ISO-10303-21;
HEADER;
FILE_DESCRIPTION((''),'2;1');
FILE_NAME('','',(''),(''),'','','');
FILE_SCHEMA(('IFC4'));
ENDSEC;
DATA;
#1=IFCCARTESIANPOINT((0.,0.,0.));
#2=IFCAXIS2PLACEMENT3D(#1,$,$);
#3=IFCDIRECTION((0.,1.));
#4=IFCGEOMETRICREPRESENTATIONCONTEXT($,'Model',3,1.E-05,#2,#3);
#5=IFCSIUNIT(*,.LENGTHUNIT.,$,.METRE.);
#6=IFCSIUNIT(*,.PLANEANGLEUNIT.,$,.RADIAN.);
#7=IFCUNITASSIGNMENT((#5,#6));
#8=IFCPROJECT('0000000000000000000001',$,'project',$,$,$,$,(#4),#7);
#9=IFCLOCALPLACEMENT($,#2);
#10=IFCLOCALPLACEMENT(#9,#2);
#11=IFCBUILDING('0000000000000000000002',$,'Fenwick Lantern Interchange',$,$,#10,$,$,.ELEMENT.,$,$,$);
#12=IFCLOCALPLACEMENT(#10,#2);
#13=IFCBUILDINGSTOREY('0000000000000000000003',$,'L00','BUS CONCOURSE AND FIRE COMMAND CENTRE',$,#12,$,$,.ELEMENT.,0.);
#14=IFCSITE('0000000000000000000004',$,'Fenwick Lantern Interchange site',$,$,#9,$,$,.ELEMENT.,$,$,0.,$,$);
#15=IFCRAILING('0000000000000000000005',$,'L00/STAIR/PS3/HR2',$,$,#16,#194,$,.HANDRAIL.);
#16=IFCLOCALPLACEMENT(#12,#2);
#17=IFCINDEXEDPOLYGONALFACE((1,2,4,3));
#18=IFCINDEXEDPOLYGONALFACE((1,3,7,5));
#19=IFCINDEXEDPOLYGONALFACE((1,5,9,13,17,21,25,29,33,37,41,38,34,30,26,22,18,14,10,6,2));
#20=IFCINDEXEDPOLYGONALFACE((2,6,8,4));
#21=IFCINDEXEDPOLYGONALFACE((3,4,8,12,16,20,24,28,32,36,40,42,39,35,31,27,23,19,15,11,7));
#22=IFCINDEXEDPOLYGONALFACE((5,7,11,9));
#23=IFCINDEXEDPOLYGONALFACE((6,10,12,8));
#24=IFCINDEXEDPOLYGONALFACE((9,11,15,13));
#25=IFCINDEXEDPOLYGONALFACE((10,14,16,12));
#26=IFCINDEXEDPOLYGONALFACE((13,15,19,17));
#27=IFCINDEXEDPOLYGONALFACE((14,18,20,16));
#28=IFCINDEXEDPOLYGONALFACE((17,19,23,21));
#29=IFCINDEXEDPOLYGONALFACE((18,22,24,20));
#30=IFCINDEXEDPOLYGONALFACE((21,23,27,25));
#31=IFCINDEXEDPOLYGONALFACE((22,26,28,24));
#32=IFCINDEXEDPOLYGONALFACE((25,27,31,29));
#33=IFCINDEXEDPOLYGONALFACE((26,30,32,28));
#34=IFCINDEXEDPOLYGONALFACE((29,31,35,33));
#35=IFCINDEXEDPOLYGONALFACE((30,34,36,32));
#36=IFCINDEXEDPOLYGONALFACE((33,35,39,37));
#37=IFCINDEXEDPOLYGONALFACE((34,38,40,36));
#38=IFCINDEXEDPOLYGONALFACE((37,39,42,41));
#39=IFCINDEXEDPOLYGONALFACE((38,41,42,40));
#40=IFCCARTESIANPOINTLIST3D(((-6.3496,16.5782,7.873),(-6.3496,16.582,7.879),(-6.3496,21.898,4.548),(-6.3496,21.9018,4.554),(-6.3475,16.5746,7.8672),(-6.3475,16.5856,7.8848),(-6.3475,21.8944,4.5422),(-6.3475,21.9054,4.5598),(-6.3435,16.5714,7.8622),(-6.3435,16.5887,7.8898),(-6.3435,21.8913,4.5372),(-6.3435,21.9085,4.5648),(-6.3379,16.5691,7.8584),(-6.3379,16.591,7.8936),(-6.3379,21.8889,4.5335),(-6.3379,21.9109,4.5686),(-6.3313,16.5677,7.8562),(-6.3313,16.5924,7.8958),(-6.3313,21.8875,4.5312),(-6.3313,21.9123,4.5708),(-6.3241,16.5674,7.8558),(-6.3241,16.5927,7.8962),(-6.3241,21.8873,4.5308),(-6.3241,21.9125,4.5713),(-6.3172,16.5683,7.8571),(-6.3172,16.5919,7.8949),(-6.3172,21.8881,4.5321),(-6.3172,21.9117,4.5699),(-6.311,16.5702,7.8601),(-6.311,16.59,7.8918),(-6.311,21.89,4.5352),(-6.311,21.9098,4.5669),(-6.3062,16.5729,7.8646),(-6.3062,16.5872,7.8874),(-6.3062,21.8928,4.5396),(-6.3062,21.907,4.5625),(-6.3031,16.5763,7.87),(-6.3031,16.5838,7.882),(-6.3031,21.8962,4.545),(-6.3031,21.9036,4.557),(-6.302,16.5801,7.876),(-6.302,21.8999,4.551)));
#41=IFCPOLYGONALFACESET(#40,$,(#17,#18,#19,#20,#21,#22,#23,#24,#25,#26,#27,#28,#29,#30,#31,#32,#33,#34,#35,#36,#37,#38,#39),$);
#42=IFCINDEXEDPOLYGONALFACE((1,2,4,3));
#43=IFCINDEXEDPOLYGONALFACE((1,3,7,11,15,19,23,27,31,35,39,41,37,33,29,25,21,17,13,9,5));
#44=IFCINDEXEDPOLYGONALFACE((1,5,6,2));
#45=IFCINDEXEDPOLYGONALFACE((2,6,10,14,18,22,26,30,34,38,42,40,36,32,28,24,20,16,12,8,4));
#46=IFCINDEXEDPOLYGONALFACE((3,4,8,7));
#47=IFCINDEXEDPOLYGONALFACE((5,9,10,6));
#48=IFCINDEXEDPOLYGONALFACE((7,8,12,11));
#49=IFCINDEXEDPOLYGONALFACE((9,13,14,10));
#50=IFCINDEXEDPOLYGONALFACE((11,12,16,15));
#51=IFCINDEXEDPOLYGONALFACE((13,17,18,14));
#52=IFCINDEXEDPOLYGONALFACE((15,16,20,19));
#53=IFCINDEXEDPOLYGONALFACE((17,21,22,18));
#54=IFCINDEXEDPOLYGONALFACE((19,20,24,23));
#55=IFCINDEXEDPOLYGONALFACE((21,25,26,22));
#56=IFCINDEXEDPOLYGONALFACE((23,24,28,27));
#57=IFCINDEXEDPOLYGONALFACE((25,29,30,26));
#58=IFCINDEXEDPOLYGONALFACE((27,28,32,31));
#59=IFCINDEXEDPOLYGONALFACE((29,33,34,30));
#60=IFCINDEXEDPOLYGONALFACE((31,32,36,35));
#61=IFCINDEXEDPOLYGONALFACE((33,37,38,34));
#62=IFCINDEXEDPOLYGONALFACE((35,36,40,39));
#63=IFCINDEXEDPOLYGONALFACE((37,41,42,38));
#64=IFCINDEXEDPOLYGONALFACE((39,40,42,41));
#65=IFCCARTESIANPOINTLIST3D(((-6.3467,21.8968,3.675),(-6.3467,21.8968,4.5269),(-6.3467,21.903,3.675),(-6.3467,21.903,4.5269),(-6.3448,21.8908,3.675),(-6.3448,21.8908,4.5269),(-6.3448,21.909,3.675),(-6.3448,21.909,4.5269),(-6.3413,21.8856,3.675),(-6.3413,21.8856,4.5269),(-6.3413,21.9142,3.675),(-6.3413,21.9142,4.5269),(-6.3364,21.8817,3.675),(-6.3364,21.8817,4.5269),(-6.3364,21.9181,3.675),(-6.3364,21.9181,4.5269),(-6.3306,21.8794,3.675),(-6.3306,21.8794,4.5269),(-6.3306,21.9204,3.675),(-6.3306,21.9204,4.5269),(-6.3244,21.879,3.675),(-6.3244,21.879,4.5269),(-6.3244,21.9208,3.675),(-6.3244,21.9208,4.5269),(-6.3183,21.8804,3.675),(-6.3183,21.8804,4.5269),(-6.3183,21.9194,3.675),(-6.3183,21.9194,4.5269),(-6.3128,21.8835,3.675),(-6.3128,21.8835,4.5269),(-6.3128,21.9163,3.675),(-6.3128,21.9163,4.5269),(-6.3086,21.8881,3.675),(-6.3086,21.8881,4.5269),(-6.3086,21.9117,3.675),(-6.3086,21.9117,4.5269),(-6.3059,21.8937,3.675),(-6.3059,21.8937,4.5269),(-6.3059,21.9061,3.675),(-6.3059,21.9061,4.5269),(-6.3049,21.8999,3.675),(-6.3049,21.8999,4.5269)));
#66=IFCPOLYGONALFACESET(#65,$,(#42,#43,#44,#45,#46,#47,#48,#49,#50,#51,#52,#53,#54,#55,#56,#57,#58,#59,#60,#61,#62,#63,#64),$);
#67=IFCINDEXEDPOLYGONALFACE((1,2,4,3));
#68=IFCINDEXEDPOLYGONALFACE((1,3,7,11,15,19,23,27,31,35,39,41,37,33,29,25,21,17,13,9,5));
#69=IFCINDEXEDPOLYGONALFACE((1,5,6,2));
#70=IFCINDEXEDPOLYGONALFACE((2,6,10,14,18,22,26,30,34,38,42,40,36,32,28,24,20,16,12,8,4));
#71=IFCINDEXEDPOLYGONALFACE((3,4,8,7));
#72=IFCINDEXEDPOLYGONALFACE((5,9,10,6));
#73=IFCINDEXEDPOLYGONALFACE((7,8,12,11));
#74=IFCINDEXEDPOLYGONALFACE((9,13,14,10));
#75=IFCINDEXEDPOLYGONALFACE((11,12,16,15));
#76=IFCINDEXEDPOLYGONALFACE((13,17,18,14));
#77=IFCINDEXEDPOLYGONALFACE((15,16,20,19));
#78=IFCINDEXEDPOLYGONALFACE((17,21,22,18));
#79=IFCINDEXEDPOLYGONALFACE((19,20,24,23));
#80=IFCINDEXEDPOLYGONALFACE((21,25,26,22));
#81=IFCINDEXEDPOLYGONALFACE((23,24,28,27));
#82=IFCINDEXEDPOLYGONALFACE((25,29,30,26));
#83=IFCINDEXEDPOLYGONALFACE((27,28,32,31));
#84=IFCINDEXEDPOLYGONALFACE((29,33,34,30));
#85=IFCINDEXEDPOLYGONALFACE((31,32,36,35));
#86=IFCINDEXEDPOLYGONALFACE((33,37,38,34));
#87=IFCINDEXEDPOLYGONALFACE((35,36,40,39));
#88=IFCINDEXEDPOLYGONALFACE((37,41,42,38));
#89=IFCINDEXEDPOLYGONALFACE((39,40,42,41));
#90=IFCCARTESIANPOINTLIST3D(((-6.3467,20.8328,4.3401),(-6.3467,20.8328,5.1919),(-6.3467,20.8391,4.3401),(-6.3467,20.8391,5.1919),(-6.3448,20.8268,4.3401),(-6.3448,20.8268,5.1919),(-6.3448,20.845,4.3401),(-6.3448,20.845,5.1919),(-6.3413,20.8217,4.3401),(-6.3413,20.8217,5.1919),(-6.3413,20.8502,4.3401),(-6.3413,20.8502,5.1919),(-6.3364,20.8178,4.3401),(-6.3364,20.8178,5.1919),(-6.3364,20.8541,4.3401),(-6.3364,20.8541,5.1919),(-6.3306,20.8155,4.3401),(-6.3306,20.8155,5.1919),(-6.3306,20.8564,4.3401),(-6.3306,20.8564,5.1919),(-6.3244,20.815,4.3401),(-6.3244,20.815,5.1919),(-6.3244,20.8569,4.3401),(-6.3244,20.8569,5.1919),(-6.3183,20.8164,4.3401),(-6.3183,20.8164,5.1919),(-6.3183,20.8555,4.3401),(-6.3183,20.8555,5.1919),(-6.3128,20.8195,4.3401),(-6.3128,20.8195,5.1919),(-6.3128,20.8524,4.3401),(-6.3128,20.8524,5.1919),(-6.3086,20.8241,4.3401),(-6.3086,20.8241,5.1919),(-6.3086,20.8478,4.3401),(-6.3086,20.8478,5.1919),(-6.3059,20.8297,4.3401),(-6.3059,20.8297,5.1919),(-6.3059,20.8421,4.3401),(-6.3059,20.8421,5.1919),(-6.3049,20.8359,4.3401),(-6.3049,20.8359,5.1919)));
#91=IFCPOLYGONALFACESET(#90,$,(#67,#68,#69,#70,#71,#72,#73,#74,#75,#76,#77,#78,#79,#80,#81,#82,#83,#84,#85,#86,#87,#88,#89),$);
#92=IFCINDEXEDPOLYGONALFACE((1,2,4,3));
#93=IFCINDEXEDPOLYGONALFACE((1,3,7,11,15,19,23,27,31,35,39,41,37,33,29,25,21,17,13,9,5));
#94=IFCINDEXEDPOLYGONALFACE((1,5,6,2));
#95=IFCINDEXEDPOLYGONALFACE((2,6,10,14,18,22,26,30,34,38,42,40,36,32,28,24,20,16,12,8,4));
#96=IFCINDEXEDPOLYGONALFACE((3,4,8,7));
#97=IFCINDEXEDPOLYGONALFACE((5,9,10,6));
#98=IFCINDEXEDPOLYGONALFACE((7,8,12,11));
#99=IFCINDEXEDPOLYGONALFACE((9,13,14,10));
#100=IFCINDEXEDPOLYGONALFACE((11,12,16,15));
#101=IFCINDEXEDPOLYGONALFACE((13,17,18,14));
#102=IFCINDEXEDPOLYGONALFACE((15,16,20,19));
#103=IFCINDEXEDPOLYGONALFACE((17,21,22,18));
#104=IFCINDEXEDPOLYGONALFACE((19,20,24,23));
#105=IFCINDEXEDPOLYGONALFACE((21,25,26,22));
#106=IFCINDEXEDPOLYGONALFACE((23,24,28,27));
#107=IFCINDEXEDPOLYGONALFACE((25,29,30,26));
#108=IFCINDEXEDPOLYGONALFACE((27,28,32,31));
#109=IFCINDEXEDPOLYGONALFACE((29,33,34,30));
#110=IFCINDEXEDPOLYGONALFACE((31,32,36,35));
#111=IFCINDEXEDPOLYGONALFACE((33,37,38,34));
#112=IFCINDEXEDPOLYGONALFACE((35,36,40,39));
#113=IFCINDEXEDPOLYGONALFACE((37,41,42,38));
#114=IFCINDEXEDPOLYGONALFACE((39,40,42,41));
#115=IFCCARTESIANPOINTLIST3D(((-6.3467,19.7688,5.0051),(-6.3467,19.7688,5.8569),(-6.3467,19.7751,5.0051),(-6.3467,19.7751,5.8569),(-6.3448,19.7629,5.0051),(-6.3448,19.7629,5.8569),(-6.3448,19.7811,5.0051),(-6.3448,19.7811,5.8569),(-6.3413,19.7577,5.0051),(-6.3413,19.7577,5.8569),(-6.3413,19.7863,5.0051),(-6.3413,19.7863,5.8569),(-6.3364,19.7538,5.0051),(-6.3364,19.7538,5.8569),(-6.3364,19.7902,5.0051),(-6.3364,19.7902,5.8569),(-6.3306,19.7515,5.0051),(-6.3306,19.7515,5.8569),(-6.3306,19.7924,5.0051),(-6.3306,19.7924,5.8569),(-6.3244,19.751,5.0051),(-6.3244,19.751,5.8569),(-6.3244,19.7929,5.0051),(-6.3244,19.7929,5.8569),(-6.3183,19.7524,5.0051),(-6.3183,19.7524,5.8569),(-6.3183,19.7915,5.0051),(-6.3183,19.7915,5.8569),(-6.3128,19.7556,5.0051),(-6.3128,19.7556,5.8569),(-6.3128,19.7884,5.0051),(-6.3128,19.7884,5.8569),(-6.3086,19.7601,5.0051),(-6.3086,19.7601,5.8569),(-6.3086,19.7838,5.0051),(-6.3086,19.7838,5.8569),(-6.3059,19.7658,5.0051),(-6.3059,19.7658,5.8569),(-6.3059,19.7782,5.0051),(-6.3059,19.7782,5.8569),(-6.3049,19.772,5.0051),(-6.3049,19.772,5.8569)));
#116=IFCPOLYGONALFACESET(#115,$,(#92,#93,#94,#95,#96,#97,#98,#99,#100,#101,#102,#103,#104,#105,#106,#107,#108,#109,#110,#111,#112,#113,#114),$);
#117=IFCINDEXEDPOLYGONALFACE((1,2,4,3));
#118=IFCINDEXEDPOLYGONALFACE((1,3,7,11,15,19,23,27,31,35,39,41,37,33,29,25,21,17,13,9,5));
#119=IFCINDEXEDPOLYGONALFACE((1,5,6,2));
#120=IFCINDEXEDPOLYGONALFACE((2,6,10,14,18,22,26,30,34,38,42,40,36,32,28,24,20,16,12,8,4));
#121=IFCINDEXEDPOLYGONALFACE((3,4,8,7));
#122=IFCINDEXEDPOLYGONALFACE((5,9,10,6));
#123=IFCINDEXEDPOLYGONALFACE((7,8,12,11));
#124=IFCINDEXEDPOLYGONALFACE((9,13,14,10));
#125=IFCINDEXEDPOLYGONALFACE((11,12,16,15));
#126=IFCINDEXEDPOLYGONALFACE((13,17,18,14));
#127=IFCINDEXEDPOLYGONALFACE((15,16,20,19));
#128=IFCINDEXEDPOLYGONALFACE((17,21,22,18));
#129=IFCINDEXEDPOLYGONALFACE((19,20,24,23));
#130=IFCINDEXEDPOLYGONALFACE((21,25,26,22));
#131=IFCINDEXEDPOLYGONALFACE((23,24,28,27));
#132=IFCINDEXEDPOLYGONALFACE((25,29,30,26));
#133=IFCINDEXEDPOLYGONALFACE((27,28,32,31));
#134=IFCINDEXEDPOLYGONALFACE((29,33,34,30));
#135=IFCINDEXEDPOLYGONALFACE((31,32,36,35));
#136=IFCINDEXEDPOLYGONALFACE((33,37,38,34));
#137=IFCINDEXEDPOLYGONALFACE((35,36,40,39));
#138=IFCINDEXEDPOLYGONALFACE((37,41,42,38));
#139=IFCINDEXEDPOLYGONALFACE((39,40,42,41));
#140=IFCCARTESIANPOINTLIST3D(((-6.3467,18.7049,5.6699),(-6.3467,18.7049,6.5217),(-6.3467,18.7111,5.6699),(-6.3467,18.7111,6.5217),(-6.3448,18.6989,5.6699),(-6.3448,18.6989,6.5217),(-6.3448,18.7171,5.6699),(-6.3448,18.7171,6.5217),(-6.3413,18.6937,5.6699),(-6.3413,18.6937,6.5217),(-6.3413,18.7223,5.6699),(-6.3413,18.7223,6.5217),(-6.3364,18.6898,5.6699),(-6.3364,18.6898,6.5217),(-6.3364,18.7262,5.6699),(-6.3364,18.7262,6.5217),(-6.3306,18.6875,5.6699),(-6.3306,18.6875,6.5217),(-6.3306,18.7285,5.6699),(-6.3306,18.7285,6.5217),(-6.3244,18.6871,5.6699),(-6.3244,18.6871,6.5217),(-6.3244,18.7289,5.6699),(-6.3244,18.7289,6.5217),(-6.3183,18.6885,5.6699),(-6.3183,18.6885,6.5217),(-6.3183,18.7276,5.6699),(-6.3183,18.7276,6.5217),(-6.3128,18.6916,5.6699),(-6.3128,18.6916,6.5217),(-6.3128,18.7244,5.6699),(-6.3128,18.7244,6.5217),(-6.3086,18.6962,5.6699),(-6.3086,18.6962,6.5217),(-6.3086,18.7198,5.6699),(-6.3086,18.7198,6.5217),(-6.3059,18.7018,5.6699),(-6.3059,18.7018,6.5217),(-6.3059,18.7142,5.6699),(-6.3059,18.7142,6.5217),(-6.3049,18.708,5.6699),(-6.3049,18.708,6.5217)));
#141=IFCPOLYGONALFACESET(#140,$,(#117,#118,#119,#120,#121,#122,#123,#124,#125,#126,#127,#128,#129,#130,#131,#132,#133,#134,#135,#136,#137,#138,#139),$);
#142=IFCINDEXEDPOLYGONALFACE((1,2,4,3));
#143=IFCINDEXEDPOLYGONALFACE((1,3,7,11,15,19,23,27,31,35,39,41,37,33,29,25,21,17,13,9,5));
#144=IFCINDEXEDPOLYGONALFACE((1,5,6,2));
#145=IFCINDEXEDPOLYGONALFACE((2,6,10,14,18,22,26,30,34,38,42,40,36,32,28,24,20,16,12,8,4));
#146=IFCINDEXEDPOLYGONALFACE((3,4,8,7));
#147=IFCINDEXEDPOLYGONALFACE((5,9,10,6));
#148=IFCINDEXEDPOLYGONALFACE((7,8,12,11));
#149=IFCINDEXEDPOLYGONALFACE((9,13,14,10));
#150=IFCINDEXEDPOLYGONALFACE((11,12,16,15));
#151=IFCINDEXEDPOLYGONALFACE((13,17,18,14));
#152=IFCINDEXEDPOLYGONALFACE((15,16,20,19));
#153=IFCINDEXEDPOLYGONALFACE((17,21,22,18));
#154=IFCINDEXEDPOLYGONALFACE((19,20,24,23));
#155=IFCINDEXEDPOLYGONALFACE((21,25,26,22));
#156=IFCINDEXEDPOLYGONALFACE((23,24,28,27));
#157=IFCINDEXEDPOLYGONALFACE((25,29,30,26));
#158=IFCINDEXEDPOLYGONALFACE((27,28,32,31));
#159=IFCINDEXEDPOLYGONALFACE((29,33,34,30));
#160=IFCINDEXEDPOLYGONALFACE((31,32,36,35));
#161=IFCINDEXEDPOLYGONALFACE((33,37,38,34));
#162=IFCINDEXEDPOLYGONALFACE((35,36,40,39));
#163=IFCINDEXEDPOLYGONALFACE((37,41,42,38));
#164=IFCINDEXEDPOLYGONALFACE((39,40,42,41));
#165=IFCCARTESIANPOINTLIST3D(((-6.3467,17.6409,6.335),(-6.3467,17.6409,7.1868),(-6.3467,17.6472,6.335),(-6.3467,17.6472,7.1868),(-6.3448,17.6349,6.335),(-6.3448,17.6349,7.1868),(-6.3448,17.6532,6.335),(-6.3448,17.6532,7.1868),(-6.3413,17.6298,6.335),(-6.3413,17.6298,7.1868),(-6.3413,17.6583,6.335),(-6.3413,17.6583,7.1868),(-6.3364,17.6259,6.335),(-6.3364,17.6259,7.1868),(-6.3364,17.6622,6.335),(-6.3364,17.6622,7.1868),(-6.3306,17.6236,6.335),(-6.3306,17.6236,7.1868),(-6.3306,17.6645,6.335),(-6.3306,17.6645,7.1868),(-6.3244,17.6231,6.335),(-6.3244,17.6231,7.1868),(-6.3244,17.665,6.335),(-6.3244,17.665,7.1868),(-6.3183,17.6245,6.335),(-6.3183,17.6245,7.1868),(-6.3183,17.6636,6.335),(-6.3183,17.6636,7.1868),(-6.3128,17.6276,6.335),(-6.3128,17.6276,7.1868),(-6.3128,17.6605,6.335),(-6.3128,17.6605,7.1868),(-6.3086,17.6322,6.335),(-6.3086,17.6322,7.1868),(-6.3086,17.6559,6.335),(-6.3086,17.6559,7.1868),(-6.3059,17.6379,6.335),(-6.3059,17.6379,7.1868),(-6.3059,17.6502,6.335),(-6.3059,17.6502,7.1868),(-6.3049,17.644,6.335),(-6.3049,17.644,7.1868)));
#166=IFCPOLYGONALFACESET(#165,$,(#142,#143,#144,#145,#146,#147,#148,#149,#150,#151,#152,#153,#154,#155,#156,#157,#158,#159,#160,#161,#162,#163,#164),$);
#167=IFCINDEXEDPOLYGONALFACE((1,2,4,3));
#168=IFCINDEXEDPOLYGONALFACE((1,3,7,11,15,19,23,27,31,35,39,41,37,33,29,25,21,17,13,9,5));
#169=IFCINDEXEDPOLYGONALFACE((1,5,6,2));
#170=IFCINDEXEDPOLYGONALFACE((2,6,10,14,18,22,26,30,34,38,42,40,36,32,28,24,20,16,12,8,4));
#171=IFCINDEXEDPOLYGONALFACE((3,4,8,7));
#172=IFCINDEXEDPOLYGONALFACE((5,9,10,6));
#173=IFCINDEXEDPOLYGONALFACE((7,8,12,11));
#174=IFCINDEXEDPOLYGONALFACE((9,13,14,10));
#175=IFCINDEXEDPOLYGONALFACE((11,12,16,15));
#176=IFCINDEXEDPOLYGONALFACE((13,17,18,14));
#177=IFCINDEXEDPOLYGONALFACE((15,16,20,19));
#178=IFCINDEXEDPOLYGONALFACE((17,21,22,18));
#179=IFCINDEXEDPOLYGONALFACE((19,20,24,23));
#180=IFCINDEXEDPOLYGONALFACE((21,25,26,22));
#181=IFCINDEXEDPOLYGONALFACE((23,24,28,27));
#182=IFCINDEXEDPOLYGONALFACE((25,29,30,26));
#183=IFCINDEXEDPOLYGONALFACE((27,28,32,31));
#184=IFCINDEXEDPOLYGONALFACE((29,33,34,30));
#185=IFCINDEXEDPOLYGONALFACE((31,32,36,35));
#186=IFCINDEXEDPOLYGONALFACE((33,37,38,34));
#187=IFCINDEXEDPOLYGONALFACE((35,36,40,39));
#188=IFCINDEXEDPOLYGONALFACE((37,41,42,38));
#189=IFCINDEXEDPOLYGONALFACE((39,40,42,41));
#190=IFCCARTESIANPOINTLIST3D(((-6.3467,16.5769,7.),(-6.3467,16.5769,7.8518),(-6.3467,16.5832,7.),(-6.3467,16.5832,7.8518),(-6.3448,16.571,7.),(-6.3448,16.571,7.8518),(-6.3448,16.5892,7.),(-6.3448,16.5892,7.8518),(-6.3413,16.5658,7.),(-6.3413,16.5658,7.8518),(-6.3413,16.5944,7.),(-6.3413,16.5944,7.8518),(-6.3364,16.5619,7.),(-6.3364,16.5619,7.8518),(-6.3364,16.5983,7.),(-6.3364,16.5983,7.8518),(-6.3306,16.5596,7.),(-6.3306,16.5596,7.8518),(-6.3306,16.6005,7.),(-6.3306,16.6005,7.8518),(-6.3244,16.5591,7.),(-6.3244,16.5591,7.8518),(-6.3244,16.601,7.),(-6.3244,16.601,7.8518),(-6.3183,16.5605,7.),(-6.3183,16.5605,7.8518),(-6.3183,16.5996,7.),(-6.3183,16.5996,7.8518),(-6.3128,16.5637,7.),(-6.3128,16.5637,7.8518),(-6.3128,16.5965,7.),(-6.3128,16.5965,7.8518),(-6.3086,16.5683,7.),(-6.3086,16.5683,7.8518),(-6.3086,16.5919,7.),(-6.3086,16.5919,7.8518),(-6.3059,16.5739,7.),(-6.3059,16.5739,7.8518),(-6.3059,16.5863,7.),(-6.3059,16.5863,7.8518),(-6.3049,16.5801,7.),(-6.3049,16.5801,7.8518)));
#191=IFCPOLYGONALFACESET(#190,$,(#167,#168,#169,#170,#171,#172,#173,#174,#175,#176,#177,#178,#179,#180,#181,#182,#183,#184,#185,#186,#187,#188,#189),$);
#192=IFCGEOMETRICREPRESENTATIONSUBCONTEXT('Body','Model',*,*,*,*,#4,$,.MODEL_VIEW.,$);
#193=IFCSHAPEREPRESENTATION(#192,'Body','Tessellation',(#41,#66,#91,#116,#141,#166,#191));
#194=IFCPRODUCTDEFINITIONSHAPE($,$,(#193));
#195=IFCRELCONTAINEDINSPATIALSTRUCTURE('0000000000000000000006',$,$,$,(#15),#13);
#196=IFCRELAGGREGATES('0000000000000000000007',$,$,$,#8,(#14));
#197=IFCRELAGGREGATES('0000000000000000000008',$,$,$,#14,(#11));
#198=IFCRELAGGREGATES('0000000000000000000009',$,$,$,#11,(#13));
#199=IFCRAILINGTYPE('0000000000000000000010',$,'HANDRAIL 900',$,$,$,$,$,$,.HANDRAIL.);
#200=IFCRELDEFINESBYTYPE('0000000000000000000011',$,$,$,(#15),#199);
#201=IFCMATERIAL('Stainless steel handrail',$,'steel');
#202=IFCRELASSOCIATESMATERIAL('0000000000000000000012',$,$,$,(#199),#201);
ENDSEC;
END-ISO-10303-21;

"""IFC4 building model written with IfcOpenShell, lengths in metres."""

from ifc_helpers import new_model, si_unit, direction, frame, origin, origin_2d, place, context, subcontext, project, spatial, circle, extrude, material, type_object, element, save


model = new_model("IFC4")

# Units and contexts
model_context = context("Model", 3, precision=1e-05, world=origin(), true_north=direction((0.0, 1.0)))
body_context = subcontext(model_context, "Body", "Model", "MODEL_VIEW")
ifc_project = project(units=[si_unit("LENGTHUNIT", "METRE"), si_unit("PLANEANGLEUNIT", "RADIAN")], contexts=[model_context])

# Site, building, storey
site_placement = place(None, origin())
site = spatial("IfcSite", under=ifc_project, at=site_placement, Name="Fenwick Lantern Interchange site", CompositionType="ELEMENT", RefElevation=0.0)
building_placement = place(site_placement, origin())
building = spatial("IfcBuilding", under=site, at=building_placement, Name="Fenwick Lantern Interchange", CompositionType="ELEMENT")
storey_placement = place(building_placement, origin())
storey = spatial("IfcBuildingStorey", under=building, at=storey_placement, Name="L00", Description="BUS CONCOURSE AND FIRE COMMAND CENTRE", CompositionType="ELEMENT", Elevation=0.0)

# Railing
ifc_material_1 = material(Name="Stainless steel handrail", Category="steel")
railing_type = type_object("IfcRailingType", Name="HANDRAIL 900", PredefinedType="HANDRAIL", material=ifc_material_1)
railing_1_placement = place(storey_placement, frame((-6.3259, 21.8999, 3.675)))
element("IfcRailing", 1, at=railing_1_placement, inside=storey, type_object=railing_type, Name="L00/STAIR/PS3/HR2", PredefinedType="HANDRAIL", context=body_context, shape_type="SweptSolid", body=[
    extrude(circle(Radius=0.0239, at=origin_2d()), frame((0.0, 0.0, 0.876), z_axis=(0.0, -0.847994, 0.530006), x_axis=(1.0, 0.0, 0.0)), (0.0, 0.0, 1.0), 6.2734),
    extrude(circle(Radius=0.021, at=origin_2d()), origin(), (0.0, 0.0, 1.0), 0.8518),
    extrude(circle(Radius=0.021, at=origin_2d()), frame((0.0, -1.064, 0.665)), (0.0, 0.0, 1.0), 0.8518),
    extrude(circle(Radius=0.021, at=origin_2d()), frame((0.0, -2.1279, 1.3301)), (0.0, 0.0, 1.0), 0.8518),
    extrude(circle(Radius=0.021, at=origin_2d()), frame((0.0, -3.1919, 1.9949)), (0.0, 0.0, 1.0), 0.8518),
    extrude(circle(Radius=0.021, at=origin_2d()), frame((0.0, -4.2559, 2.6599)), (0.0, 0.0, 1.0), 0.8518),
    extrude(circle(Radius=0.021, at=origin_2d()), frame((0.0, -5.3198, 3.325)), (0.0, 0.0, 1.0), 0.8518),
])

save(model, "model.ifc")
